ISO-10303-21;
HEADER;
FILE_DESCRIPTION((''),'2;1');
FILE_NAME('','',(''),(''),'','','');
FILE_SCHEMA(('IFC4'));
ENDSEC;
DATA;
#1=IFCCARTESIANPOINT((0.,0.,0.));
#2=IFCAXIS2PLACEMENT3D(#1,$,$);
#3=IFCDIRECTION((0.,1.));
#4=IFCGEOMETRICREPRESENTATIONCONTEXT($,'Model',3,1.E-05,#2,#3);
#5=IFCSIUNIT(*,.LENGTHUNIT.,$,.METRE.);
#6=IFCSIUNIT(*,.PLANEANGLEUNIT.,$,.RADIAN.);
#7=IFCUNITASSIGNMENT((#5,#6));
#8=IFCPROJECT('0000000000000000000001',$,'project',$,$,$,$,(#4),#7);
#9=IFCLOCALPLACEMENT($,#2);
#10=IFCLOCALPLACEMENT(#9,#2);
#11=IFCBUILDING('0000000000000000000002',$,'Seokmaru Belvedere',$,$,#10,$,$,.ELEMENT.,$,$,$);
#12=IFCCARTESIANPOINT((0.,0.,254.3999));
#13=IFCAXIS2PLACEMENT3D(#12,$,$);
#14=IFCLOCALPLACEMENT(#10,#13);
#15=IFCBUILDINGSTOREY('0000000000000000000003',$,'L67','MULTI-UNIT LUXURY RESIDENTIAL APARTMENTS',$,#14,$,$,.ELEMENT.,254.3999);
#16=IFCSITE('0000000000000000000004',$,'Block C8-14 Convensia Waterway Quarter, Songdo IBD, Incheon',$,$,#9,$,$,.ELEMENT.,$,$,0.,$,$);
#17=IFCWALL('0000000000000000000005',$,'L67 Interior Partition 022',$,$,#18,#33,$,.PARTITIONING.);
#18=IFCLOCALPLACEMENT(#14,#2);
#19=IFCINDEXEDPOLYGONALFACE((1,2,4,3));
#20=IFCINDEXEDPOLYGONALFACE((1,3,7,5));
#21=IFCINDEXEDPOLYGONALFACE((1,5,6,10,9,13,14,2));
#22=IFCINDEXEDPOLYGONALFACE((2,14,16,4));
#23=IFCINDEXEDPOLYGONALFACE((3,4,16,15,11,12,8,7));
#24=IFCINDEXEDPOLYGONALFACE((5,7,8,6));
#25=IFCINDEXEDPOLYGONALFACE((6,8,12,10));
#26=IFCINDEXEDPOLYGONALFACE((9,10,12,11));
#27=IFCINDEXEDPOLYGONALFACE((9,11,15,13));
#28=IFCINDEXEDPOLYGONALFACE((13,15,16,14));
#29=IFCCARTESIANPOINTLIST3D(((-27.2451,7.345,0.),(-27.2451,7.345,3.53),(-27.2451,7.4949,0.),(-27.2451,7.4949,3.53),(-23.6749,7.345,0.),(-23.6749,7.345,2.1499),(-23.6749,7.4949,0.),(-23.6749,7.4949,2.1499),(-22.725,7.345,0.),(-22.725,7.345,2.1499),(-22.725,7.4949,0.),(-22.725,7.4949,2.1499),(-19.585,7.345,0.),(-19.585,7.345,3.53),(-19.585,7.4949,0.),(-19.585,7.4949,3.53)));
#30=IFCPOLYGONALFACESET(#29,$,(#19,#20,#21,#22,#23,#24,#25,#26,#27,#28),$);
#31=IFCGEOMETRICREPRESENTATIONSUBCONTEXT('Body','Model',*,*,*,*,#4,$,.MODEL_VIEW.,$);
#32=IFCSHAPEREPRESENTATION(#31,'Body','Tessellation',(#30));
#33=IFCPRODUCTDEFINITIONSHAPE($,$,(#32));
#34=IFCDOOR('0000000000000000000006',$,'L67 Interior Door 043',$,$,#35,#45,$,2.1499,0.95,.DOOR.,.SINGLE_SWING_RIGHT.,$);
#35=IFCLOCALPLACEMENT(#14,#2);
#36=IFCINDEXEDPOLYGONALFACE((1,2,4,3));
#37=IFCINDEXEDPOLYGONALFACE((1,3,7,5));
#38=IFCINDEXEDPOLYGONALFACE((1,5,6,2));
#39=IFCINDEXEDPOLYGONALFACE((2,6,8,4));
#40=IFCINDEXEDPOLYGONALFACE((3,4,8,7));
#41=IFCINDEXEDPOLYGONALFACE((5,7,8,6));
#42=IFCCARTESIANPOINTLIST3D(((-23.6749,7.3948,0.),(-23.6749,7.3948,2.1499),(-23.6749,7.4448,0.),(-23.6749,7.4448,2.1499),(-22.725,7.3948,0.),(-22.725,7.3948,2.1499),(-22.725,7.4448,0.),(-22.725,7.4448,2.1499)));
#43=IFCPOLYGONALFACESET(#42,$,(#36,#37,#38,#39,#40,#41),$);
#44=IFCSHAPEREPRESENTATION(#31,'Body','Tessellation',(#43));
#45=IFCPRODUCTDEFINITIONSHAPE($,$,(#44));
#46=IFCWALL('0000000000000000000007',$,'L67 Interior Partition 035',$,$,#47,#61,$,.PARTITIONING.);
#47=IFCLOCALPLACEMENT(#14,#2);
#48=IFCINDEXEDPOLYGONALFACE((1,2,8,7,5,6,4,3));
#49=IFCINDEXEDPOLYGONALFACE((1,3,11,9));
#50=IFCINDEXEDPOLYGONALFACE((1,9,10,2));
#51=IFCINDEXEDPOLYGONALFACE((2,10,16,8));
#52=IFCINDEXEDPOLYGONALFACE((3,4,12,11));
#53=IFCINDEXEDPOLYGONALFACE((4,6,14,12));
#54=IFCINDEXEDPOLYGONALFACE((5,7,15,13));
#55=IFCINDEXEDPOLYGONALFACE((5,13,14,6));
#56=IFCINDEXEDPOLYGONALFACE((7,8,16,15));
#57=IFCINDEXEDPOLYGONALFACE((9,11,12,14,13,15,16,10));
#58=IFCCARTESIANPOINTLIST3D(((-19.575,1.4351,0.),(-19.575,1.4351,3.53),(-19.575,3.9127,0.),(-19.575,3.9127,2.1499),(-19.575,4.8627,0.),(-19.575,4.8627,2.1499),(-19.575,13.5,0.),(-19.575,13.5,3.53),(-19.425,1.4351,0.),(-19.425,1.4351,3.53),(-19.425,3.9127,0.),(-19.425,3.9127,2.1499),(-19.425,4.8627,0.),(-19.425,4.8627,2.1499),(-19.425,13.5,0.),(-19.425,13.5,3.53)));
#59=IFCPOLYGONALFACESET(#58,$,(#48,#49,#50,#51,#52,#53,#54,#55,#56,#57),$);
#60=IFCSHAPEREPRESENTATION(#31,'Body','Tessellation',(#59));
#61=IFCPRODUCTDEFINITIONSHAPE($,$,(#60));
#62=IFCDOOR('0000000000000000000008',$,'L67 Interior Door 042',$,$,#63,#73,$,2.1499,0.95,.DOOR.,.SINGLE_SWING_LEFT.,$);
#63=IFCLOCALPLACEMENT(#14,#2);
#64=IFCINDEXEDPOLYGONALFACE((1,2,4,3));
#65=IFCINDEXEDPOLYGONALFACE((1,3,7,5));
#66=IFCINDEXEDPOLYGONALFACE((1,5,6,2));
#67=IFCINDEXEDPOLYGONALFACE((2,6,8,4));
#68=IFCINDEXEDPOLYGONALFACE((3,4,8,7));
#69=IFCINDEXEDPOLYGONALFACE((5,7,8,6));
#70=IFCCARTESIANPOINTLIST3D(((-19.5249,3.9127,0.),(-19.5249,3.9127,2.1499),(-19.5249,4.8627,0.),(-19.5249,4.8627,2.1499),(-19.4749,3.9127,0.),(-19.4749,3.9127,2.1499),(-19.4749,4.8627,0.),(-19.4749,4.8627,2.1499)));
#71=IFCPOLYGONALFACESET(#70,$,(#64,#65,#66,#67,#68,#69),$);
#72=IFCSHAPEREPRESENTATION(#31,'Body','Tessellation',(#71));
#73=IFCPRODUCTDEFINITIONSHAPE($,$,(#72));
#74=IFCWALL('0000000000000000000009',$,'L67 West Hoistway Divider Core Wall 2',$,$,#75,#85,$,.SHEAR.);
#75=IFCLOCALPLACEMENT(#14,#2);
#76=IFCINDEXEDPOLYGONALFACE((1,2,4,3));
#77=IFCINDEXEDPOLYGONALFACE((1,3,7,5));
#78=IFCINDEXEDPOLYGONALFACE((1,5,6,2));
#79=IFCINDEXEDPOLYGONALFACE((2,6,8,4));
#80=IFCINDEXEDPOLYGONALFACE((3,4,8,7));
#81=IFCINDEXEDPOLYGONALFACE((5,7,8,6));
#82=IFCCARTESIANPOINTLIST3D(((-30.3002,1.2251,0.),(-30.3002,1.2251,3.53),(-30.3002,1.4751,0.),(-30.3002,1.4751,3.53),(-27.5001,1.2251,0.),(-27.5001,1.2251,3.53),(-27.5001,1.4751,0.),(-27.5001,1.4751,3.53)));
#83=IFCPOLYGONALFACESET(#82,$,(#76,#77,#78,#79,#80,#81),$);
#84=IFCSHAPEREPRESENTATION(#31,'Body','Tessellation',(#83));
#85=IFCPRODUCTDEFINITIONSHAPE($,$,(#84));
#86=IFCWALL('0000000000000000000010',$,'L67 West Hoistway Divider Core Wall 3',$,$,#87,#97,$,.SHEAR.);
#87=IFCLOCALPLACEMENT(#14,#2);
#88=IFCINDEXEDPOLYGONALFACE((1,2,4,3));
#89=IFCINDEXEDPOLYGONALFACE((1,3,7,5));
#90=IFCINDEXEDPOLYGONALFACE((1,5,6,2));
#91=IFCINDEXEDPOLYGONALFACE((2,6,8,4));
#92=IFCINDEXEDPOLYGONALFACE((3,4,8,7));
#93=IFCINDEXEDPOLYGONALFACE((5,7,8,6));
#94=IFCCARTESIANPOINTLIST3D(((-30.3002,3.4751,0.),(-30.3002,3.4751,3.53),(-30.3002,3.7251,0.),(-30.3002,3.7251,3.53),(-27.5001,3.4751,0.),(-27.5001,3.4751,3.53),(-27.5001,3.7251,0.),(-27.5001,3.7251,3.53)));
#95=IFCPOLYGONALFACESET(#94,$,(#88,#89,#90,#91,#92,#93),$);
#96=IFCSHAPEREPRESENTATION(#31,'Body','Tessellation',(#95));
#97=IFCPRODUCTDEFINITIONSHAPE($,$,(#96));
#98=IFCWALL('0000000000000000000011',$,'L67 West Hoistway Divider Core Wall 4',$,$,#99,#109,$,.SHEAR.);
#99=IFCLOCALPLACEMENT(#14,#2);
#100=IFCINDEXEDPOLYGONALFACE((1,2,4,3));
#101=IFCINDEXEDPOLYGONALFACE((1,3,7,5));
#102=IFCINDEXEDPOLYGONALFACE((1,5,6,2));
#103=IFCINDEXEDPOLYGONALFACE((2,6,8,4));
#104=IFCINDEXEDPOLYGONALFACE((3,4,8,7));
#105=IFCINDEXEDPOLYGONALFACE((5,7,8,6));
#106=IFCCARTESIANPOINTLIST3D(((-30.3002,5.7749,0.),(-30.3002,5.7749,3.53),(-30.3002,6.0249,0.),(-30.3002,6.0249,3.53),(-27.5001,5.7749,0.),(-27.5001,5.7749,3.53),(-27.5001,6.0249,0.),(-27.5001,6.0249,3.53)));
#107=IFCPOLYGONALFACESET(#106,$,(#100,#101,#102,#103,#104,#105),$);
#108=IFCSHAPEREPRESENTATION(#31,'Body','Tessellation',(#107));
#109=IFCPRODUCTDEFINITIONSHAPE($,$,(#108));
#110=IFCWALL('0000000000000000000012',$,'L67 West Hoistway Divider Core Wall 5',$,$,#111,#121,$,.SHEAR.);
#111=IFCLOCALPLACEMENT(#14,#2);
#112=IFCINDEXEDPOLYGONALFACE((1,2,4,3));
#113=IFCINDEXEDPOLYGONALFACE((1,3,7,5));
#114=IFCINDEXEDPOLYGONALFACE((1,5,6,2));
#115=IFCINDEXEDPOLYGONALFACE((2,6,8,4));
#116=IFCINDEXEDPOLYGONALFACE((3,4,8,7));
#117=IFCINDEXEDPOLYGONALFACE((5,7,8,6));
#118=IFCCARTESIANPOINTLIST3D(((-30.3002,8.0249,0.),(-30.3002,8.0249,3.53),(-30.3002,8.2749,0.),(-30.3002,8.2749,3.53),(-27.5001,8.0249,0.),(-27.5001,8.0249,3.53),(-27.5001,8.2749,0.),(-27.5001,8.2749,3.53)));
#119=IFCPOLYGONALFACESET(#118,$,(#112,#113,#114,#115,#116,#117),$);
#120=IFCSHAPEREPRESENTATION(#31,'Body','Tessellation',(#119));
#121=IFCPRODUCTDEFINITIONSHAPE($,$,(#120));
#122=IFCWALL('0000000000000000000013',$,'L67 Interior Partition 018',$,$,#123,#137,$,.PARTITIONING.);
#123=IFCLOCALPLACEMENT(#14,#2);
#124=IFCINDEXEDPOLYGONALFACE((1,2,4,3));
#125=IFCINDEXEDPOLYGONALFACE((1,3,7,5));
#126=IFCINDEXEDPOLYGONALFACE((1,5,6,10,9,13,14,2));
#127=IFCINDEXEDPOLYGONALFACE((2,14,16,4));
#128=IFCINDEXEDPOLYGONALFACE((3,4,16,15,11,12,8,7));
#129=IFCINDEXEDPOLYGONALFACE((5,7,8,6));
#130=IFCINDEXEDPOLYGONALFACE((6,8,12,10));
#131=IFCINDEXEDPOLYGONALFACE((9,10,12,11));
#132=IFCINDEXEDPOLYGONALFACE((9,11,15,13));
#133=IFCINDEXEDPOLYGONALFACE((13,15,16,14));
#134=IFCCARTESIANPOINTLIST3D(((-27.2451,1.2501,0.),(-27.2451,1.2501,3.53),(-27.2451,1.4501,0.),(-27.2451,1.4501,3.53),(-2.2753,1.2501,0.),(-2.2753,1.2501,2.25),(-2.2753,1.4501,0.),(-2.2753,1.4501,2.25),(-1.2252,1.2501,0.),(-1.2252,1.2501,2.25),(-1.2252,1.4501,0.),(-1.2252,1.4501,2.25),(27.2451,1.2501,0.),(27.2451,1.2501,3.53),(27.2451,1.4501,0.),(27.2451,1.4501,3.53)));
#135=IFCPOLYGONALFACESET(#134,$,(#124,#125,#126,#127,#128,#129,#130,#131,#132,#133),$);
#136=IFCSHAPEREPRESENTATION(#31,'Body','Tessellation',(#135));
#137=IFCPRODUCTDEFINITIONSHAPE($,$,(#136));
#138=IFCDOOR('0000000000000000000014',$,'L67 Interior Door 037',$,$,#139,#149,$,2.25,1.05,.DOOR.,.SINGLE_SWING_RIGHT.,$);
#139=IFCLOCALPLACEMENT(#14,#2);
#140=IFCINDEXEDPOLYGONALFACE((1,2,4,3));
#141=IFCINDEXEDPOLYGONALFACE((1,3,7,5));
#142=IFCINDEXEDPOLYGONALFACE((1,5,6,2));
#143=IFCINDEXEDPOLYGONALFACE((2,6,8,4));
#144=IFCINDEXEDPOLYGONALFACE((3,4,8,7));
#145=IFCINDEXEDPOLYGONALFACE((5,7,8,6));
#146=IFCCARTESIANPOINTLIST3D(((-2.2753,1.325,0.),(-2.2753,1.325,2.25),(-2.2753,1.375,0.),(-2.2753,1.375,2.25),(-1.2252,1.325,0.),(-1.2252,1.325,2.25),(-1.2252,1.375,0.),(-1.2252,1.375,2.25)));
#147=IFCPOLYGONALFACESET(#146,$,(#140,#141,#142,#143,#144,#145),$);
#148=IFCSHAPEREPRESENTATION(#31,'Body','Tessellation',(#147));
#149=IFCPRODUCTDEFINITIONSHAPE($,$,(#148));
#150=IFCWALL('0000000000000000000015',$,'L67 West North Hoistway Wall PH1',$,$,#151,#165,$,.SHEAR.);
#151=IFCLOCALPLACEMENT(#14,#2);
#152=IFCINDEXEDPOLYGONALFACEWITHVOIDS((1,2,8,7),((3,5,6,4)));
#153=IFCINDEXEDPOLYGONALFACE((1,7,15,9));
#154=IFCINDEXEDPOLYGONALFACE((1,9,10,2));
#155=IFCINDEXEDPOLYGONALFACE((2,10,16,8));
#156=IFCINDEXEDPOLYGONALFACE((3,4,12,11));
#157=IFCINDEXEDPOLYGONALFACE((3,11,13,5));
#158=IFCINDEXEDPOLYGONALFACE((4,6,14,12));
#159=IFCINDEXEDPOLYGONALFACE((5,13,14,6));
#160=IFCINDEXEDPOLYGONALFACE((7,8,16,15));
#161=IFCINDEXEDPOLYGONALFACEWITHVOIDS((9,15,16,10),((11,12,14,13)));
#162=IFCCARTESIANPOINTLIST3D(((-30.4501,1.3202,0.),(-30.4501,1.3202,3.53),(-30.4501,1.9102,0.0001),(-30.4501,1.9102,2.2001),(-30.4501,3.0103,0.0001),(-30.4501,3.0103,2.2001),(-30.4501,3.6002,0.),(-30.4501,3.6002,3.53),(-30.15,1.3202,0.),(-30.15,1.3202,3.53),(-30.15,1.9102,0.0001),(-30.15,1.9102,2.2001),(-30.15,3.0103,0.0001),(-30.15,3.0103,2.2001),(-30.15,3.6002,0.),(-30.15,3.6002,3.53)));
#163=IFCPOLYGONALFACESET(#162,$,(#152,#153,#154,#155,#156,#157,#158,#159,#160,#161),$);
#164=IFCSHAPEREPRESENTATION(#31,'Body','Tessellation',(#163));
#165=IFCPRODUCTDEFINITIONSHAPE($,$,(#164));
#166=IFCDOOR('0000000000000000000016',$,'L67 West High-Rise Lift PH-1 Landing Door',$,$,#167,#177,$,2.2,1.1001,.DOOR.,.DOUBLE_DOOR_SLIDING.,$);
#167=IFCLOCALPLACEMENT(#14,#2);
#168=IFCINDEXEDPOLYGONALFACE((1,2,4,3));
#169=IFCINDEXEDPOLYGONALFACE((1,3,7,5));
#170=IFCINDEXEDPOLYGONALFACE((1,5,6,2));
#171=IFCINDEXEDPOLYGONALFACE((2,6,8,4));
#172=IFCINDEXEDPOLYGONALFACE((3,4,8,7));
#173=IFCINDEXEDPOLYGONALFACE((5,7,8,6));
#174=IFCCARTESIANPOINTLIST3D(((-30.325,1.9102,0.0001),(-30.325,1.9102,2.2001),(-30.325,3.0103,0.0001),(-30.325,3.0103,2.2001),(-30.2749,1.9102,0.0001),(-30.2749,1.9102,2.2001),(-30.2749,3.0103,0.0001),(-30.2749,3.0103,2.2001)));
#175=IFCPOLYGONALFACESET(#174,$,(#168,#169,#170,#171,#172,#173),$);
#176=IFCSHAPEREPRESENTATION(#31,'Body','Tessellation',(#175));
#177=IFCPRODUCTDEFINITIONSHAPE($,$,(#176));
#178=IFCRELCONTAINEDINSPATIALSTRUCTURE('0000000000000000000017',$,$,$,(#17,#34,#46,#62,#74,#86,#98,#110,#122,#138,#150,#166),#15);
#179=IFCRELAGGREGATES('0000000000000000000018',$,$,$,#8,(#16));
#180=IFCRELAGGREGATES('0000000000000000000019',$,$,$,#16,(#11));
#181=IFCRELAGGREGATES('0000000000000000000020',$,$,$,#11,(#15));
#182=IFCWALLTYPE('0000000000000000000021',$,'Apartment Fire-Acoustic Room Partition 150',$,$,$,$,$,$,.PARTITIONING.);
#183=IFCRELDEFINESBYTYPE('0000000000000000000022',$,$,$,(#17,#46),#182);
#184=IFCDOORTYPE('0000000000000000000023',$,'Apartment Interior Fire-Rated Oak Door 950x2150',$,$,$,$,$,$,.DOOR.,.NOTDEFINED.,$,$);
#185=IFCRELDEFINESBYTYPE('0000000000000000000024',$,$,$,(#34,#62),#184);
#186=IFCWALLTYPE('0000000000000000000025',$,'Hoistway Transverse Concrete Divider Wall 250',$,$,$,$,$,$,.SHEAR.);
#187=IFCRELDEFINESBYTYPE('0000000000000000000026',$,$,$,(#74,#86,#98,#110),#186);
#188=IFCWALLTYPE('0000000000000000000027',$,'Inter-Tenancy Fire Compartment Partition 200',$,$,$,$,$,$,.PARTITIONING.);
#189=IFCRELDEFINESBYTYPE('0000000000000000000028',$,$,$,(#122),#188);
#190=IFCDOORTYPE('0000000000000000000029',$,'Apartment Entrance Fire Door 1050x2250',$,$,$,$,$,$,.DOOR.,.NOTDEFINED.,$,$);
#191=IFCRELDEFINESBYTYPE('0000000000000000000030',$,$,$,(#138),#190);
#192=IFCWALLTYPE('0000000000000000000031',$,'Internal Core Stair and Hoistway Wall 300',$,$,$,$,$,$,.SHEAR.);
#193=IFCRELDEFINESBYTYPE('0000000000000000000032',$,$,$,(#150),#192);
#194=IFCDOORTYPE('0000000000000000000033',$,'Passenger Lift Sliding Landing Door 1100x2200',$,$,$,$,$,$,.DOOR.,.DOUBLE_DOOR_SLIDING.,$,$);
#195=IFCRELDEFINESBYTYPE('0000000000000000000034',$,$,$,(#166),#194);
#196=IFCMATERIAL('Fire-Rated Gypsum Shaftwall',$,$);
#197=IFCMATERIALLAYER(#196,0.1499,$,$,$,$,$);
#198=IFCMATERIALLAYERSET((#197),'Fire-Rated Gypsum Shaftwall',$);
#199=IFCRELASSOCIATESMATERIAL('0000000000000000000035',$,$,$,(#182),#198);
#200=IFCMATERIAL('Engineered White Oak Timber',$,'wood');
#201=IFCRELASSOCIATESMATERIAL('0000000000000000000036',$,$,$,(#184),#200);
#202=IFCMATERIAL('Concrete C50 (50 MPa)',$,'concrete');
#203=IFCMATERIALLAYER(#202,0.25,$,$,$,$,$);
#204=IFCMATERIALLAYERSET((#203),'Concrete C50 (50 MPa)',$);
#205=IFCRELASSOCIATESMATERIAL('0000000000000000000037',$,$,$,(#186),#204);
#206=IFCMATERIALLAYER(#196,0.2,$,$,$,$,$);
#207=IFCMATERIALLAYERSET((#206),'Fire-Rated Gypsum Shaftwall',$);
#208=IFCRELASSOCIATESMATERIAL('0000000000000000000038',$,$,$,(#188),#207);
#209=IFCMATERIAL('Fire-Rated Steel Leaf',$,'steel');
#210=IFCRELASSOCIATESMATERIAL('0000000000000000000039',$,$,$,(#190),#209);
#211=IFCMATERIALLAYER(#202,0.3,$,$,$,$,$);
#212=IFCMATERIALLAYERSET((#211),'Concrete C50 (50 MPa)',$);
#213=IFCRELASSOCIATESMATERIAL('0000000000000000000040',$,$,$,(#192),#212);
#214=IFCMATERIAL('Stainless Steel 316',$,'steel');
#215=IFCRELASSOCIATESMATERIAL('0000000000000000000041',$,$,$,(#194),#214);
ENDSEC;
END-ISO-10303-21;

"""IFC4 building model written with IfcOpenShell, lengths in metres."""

from ifc_helpers import new_model, si_unit, direction, frame, frame_2d, origin, place, context, subcontext, project, spatial, rectangle, extrude, source, transform, mapped, material, layer, layer_set, type_object, type_shapes, element, fill, save


model = new_model("IFC4")

# Units and contexts
model_context = context("Model", 3, precision=1e-05, world=origin(), true_north=direction((0.0, 1.0)))
body_context = subcontext(model_context, "Body", "Model", "MODEL_VIEW")
ifc_project = project(units=[si_unit("LENGTHUNIT", "METRE"), si_unit("PLANEANGLEUNIT", "RADIAN")], contexts=[model_context])

# Site, building, storey
site_placement = place(None, origin())
site = spatial("IfcSite", under=ifc_project, at=site_placement, Name="Block C8-14 Convensia Waterway Quarter, Songdo IBD, Incheon", CompositionType="ELEMENT", RefElevation=0.0)
building_placement = place(site_placement, origin())
building = spatial("IfcBuilding", under=site, at=building_placement, Name="Seokmaru Belvedere", CompositionType="ELEMENT")
storey_placement = place(building_placement, frame((0.0, 0.0, 254.3999)))
storey = spatial("IfcBuildingStorey", under=building, at=storey_placement, Name="L67", Description="MULTI-UNIT LUXURY RESIDENTIAL APARTMENTS", CompositionType="ELEMENT", Elevation=254.3999)

# Walls, openings, doors
ifc_material_1 = material(Name="Fire-Rated Gypsum Shaftwall")
ifc_layer_1 = layer(ifc_material_1, 0.1499)
ifc_layer_set_1 = layer_set([ifc_layer_1], Name="Fire-Rated Gypsum Shaftwall")
wall_type_1 = type_object("IfcWallType", Name="Apartment Fire-Acoustic Room Partition 150", PredefinedType="PARTITIONING", material=ifc_layer_set_1)
wall_1_placement = place(storey_placement, frame((-27.2451, 7.4199, 0.0), z_axis=(0.0, 0.0, 1.0), x_axis=(1.0, 0.0, 0.0)))
wall_1 = element("IfcWall", 1, at=wall_1_placement, inside=storey, type_object=wall_type_1, Name="L67 Interior Partition 022", PredefinedType="PARTITIONING", context=body_context, shape_type="SweptSolid", body=[
    extrude(rectangle(XDim=7.6602, YDim=0.1499, at=frame_2d((3.8301, 0.0))), origin(), (0.0, 0.0, 1.0), 3.53),
])
opening_1_placement = place(wall_1_placement, frame((3.5701, 0.0, 0.0)))
opening_1 = element("IfcOpeningElement", 2, at=opening_1_placement, cuts=wall_1, PredefinedType="OPENING", context=body_context, shape_type="SweptSolid", body=[
    extrude(rectangle(XDim=0.95, YDim=2.1499, at=frame_2d((0.4751, 1.075))), frame((0.0, 0.085, 0.0), z_axis=(0.0, -1.0, 0.0), x_axis=(1.0, 0.0, 0.0)), (0.0, 0.0, 1.0), 0.1699),
])
ifc_material_2 = material(Name="Engineered White Oak Timber", Category="wood")
door_type_1 = type_object("IfcDoorType", Name="Apartment Interior Fire-Rated Oak Door 950x2150", OperationType="NOTDEFINED", PredefinedType="DOOR", material=ifc_material_2)
shared_shape_1 = source(origin(), body_context, "Body", "SweptSolid", [
    extrude(rectangle(XDim=0.95, YDim=2.1499, at=frame_2d((0.4751, 1.075))), frame((0.0, 0.0249, 0.0), z_axis=(0.0, -1.0, 0.0), x_axis=(1.0, 0.0, 0.0)), (0.0, 0.0, 1.0), 0.05),
])
type_shapes(door_type_1, [shared_shape_1])
door_1_placement = place(opening_1_placement, origin())
door_1 = element("IfcDoor", 3, at=door_1_placement, inside=storey, type_object=door_type_1, Name="L67 Interior Door 043", OperationType="SINGLE_SWING_RIGHT", OverallHeight=2.1499, OverallWidth=0.95, PredefinedType="DOOR", context=body_context, shape_type="MappedRepresentation", body=[
    mapped(shared_shape_1, transform((0.0, 0.0, 0.0), scale=1.0)),
])
fill(opening_1, door_1)
wall_2_placement = place(storey_placement, frame((-19.5, 1.4351, 0.0), z_axis=(0.0, 0.0, 1.0), x_axis=(0.0, 1.0, 0.0)))
wall_2 = element("IfcWall", 4, at=wall_2_placement, inside=storey, type_object=wall_type_1, Name="L67 Interior Partition 035", PredefinedType="PARTITIONING", context=body_context, shape_type="SweptSolid", body=[
    extrude(rectangle(XDim=12.0649, YDim=0.1499, at=frame_2d((6.0325, 0.0))), origin(), (0.0, 0.0, 1.0), 3.53),
])
opening_2_placement = place(wall_2_placement, frame((2.4775, 0.0, 0.0)))
opening_2 = element("IfcOpeningElement", 5, at=opening_2_placement, cuts=wall_2, PredefinedType="OPENING", context=body_context, shape_type="SweptSolid", body=[
    extrude(rectangle(XDim=0.95, YDim=2.1499, at=frame_2d((0.4751, 1.075))), frame((0.0, 0.085, 0.0), z_axis=(0.0, -1.0, 0.0), x_axis=(1.0, 0.0, 0.0)), (0.0, 0.0, 1.0), 0.1699),
])
door_2_placement = place(opening_2_placement, origin())
door_2 = element("IfcDoor", 6, at=door_2_placement, inside=storey, type_object=door_type_1, Name="L67 Interior Door 042", OperationType="SINGLE_SWING_LEFT", OverallHeight=2.1499, OverallWidth=0.95, PredefinedType="DOOR", context=body_context, shape_type="MappedRepresentation", body=[
    mapped(shared_shape_1, transform((0.0, 0.0, 0.0), scale=1.0)),
])
fill(opening_2, door_2)

# Walls
ifc_material_3 = material(Name="Concrete C50 (50 MPa)", Category="concrete")
ifc_layer_2 = layer(ifc_material_3, 0.25)
ifc_layer_set_2 = layer_set([ifc_layer_2], Name="Concrete C50 (50 MPa)")
wall_type_2 = type_object("IfcWallType", Name="Hoistway Transverse Concrete Divider Wall 250", PredefinedType="SHEAR", material=ifc_layer_set_2)
for number, where, z_axis, x_axis, name in (
    (7, (-30.3, 1.3501, 0.0), (0.0, 0.0, 1.0), (1.0, 0.0, 0.0), "L67 West Hoistway Divider Core Wall 2"),
    (8, (-30.3, 3.6001, 0.0), (0.0, 0.0, 1.0), (1.0, 0.0, 0.0), "L67 West Hoistway Divider Core Wall 3"),
    (9, (-30.3, 5.8999, 0.0), (0.0, 0.0, 1.0), (1.0, 0.0, 0.0), "L67 West Hoistway Divider Core Wall 4"),
    (10, (-30.3, 8.1499, 0.0), (0.0, 0.0, 1.0), (1.0, 0.0, 0.0), "L67 West Hoistway Divider Core Wall 5"),
):
    element("IfcWall", number, at=place(storey_placement, frame(where, z_axis=z_axis, x_axis=x_axis)), inside=storey, type_object=wall_type_2, Name=name, PredefinedType="SHEAR", context=body_context, shape_type="SweptSolid", body=[
        extrude(rectangle(XDim=2.8, YDim=0.25, at=frame_2d((1.3999, 0.0))), origin(), (0.0, 0.0, 1.0), 3.53),
    ])

# Walls, openings, doors
ifc_layer_3 = layer(ifc_material_1, 0.2)
ifc_layer_set_3 = layer_set([ifc_layer_3], Name="Fire-Rated Gypsum Shaftwall")
wall_type_3 = type_object("IfcWallType", Name="Inter-Tenancy Fire Compartment Partition 200", PredefinedType="PARTITIONING", material=ifc_layer_set_3)
wall_3_placement = place(storey_placement, frame((-27.2451, 1.3501, 0.0), z_axis=(0.0, 0.0, 1.0), x_axis=(1.0, 0.0, 0.0)))
wall_3 = element("IfcWall", 11, at=wall_3_placement, inside=storey, type_object=wall_type_3, Name="L67 Interior Partition 018", PredefinedType="PARTITIONING", context=body_context, shape_type="SweptSolid", body=[
    extrude(rectangle(XDim=54.4902, YDim=0.2, at=frame_2d((27.2451, 0.0))), origin(), (0.0, 0.0, 1.0), 3.53),
])
opening_3_placement = place(wall_3_placement, frame((24.97, 0.0, 0.0)))
opening_3 = element("IfcOpeningElement", 12, at=opening_3_placement, cuts=wall_3, PredefinedType="OPENING", context=body_context, shape_type="SweptSolid", body=[
    extrude(rectangle(XDim=1.05, YDim=2.25, at=frame_2d((0.5249, 1.125))), frame((0.0, 0.1099, 0.0), z_axis=(0.0, -1.0, 0.0), x_axis=(1.0, 0.0, 0.0)), (0.0, 0.0, 1.0), 0.22),
])
ifc_material_4 = material(Name="Fire-Rated Steel Leaf", Category="steel")
door_type_2 = type_object("IfcDoorType", Name="Apartment Entrance Fire Door 1050x2250", OperationType="NOTDEFINED", PredefinedType="DOOR", material=ifc_material_4)
shared_shape_2 = source(origin(), body_context, "Body", "SweptSolid", [
    extrude(rectangle(XDim=1.05, YDim=2.25, at=frame_2d((0.5249, 1.125))), frame((0.0, 0.0249, 0.0), z_axis=(0.0, -1.0, 0.0), x_axis=(1.0, 0.0, 0.0)), (0.0, 0.0, 1.0), 0.05),
])
type_shapes(door_type_2, [shared_shape_2])
door_3_placement = place(opening_3_placement, origin())
door_3 = element("IfcDoor", 13, at=door_3_placement, inside=storey, type_object=door_type_2, Name="L67 Interior Door 037", OperationType="SINGLE_SWING_RIGHT", OverallHeight=2.25, OverallWidth=1.05, PredefinedType="DOOR", context=body_context, shape_type="MappedRepresentation", body=[
    mapped(shared_shape_2, transform((0.0, 0.0, 0.0), scale=1.0)),
])
fill(opening_3, door_3)
ifc_layer_4 = layer(ifc_material_3, 0.3)
ifc_layer_set_4 = layer_set([ifc_layer_4], Name="Concrete C50 (50 MPa)")
wall_type_4 = type_object("IfcWallType", Name="Internal Core Stair and Hoistway Wall 300", PredefinedType="SHEAR", material=ifc_layer_set_4)
wall_4_placement = place(storey_placement, frame((-30.3, 1.3201, 0.0), z_axis=(0.0, 0.0, 1.0), x_axis=(0.0, 1.0, 0.0)))
wall_4 = element("IfcWall", 14, at=wall_4_placement, inside=storey, type_object=wall_type_4, Name="L67 West North Hoistway Wall PH1", PredefinedType="SHEAR", context=body_context, shape_type="SweptSolid", body=[
    extrude(rectangle(XDim=2.28, YDim=0.3, at=frame_2d((1.1401, 0.0))), origin(), (0.0, 0.0, 1.0), 3.53),
])
opening_4_placement = place(wall_4_placement, frame((0.5901, 0.0, 0.0)))
opening_4 = element("IfcOpeningElement", 15, at=opening_4_placement, cuts=wall_4, PredefinedType="OPENING", context=body_context, shape_type="SweptSolid", body=[
    extrude(rectangle(XDim=1.1001, YDim=2.2, at=frame_2d((0.55, 1.1001))), frame((0.0, 0.1602, 0.0), z_axis=(0.0, -1.0, 0.0), x_axis=(1.0, 0.0, 0.0)), (0.0, 0.0, 1.0), 0.3201),
])
ifc_material_5 = material(Name="Stainless Steel 316", Category="steel")
door_type_3 = type_object("IfcDoorType", Name="Passenger Lift Sliding Landing Door 1100x2200", OperationType="DOUBLE_DOOR_SLIDING", PredefinedType="DOOR", material=ifc_material_5)
shared_shape_3 = source(origin(), body_context, "Body", "SweptSolid", [
    extrude(rectangle(XDim=1.1001, YDim=2.2, at=frame_2d((0.55, 1.1001))), frame((0.0, 0.0249, 0.0), z_axis=(0.0, -1.0, 0.0), x_axis=(1.0, 0.0, 0.0)), (0.0, 0.0, 1.0), 0.05),
])
type_shapes(door_type_3, [shared_shape_3])
door_4_placement = place(opening_4_placement, origin())
door_4 = element("IfcDoor", 16, at=door_4_placement, inside=storey, type_object=door_type_3, Name="L67 West High-Rise Lift PH-1 Landing Door", OperationType="DOUBLE_DOOR_SLIDING", OverallHeight=2.2, OverallWidth=1.1001, PredefinedType="DOOR", context=body_context, shape_type="MappedRepresentation", body=[
    mapped(shared_shape_3, transform((0.0, 0.0, 0.0), scale=1.0)),
])
fill(opening_4, door_4)

save(model, "model.ifc")
